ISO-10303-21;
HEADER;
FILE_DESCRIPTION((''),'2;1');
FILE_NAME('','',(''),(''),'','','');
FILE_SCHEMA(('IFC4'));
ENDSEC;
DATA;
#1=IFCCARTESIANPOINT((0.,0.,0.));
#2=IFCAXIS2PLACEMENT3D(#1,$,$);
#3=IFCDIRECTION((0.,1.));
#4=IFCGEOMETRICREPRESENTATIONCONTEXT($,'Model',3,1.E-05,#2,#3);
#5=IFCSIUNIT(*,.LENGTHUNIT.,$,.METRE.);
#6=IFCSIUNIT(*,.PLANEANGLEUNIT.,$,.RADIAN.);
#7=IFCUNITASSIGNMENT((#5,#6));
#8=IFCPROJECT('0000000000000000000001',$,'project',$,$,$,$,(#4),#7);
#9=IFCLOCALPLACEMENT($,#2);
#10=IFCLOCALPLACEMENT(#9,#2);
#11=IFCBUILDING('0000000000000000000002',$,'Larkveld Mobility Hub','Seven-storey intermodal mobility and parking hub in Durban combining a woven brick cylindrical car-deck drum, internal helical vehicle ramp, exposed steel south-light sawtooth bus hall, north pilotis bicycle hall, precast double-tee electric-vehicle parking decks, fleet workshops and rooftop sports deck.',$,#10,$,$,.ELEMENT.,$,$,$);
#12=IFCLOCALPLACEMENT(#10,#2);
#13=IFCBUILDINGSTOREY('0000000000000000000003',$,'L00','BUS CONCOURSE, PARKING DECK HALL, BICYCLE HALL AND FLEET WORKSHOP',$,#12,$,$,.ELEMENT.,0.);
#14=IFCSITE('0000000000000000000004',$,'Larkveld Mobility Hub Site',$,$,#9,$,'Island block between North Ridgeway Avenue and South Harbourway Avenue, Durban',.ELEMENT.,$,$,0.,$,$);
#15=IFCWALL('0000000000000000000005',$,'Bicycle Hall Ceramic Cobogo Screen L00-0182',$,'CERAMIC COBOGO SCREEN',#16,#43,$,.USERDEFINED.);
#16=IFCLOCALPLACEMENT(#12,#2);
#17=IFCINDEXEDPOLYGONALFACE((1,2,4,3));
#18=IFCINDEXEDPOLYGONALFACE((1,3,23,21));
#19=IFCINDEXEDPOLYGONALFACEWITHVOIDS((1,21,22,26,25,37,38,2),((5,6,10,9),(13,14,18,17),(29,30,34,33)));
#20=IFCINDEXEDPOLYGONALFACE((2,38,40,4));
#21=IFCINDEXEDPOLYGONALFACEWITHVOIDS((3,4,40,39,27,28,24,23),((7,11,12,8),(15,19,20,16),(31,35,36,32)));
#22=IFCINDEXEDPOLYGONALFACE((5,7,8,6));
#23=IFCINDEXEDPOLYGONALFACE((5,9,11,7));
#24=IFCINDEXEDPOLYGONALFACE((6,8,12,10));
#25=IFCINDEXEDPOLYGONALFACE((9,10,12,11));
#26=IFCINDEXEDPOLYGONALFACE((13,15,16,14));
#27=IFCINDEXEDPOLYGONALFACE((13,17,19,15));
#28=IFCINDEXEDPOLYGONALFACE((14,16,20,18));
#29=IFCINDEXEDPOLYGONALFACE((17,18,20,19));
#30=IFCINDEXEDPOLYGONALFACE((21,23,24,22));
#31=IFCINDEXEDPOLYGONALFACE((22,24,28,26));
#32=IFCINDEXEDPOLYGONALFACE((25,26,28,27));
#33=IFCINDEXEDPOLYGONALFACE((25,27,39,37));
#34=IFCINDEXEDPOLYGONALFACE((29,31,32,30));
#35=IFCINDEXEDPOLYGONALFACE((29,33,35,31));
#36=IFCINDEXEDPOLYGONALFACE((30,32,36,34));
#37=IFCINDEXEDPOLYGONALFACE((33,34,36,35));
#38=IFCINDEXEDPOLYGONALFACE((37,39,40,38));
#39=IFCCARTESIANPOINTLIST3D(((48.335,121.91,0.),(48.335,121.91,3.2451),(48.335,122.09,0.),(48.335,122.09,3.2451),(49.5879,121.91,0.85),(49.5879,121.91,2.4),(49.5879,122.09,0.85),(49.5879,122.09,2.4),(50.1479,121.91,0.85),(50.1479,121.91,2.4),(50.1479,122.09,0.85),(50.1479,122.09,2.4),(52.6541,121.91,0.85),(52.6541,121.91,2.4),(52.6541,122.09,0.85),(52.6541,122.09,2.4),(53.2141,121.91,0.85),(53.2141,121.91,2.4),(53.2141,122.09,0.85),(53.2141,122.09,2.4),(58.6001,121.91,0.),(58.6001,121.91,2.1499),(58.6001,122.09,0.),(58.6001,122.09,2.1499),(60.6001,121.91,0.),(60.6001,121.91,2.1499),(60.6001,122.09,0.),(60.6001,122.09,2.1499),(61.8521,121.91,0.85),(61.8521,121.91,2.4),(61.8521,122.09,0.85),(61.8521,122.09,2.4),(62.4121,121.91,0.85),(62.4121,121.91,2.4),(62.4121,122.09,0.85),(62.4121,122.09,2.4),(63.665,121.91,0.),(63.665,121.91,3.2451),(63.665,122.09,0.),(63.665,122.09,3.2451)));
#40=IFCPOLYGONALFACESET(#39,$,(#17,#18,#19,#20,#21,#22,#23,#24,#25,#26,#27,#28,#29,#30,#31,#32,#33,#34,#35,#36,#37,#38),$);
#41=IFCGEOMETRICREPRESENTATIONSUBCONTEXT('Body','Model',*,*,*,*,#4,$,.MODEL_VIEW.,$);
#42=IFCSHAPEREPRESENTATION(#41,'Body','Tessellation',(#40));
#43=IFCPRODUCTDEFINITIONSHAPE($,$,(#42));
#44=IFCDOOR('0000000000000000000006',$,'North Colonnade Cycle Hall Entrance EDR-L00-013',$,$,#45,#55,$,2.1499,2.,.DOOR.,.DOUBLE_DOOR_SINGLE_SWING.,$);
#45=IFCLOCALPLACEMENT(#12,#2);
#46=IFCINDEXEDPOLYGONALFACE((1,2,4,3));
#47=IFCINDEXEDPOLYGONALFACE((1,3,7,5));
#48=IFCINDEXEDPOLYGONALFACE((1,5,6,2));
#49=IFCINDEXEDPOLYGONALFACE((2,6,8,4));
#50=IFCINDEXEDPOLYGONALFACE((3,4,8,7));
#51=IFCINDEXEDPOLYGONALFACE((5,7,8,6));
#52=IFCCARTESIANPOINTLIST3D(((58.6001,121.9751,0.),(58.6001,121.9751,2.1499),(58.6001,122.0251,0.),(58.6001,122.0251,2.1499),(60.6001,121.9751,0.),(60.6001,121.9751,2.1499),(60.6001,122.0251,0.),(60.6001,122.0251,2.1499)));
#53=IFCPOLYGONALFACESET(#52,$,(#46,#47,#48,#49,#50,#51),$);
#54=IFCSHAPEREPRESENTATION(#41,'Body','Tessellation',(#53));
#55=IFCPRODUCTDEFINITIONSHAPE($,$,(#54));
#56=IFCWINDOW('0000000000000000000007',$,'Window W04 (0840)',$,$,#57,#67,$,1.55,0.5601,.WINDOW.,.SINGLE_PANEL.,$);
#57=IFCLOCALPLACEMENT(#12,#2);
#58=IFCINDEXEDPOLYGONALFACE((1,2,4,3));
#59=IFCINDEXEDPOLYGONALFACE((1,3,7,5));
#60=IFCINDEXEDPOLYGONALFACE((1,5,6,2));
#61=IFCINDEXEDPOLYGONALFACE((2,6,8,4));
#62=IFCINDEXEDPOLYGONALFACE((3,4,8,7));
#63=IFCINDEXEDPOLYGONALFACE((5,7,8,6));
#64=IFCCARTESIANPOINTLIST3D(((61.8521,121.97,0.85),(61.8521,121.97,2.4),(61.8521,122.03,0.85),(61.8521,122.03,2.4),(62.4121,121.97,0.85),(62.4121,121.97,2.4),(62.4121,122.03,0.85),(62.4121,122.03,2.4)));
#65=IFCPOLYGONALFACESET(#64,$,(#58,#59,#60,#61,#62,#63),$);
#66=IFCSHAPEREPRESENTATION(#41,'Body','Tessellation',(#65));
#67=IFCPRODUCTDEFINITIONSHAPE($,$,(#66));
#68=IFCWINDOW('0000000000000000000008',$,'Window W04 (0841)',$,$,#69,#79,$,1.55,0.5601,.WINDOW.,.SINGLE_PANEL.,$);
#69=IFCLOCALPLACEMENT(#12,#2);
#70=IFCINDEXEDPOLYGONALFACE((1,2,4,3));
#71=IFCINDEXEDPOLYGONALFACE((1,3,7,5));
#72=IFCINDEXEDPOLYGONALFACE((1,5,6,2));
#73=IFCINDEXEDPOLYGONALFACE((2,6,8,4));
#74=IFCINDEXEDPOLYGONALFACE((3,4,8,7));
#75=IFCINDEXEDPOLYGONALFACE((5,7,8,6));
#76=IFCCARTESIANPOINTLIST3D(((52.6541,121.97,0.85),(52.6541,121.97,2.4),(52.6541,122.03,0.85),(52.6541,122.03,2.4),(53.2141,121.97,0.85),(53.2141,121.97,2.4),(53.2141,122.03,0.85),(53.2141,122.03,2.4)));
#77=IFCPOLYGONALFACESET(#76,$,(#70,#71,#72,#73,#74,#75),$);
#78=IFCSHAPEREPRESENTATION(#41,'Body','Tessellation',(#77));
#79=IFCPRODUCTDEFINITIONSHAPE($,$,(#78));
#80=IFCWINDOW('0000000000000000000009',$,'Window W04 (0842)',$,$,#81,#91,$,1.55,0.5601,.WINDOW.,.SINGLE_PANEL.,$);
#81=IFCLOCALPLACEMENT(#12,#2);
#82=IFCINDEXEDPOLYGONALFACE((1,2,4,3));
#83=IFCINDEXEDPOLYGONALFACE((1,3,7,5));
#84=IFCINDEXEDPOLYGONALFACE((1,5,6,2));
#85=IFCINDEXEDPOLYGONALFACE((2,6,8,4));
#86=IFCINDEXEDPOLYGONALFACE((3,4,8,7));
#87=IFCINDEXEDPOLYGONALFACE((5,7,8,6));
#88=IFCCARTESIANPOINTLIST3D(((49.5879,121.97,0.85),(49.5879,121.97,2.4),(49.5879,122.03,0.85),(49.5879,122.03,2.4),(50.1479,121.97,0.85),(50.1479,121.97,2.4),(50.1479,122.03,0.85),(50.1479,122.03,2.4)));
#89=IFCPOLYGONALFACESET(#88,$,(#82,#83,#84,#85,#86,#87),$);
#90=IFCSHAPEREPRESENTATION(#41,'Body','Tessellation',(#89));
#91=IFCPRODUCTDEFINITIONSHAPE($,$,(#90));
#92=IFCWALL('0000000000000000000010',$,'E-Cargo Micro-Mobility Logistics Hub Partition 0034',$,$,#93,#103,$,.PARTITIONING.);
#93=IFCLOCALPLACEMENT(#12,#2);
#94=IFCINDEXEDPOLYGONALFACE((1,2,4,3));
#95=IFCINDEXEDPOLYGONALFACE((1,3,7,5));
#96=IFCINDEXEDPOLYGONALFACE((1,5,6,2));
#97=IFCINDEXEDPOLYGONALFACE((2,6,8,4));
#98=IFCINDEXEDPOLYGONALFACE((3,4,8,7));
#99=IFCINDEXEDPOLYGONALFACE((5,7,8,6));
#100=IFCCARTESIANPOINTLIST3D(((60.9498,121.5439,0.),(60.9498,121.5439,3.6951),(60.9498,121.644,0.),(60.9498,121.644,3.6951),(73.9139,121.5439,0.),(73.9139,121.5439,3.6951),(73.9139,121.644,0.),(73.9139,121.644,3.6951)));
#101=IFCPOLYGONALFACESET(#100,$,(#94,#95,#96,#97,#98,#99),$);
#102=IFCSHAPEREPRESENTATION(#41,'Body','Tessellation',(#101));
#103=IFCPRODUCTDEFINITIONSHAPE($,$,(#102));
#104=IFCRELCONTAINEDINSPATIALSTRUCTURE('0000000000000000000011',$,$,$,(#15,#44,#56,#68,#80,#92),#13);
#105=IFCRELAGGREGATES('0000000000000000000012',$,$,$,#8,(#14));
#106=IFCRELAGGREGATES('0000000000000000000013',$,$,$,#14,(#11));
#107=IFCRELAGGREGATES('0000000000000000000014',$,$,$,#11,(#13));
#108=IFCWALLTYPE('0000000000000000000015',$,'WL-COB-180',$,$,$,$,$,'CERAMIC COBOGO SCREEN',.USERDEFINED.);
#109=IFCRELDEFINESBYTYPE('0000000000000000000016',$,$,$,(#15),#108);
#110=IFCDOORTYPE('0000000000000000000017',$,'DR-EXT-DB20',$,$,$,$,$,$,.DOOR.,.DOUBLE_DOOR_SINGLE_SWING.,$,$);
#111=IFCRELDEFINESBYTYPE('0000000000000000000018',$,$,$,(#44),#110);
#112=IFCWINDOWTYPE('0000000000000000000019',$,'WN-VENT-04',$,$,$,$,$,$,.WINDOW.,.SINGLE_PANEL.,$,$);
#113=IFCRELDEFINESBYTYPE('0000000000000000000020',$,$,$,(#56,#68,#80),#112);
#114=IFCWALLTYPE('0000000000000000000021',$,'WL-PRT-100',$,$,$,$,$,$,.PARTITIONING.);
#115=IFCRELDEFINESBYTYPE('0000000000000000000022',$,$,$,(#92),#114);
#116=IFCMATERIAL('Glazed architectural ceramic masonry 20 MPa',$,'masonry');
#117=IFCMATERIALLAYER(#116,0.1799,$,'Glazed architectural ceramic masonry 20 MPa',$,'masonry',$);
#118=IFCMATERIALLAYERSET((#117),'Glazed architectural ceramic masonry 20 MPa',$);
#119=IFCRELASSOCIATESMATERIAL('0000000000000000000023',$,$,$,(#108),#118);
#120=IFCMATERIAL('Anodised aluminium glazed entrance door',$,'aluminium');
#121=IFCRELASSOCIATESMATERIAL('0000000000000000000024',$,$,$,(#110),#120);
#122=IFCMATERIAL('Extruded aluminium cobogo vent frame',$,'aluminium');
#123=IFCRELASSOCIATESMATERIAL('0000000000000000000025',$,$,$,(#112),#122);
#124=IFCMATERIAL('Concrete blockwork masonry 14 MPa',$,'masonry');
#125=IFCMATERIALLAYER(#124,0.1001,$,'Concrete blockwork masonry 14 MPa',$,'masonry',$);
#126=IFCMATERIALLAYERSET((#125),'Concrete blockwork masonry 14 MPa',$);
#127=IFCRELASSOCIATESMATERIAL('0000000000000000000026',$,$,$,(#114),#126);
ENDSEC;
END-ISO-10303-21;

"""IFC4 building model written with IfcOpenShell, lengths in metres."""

from ifc_helpers import new_model, si_unit, direction, frame, frame_2d, origin, place, context, subcontext, project, spatial, rectangle, extrude, material, layer, layer_set, type_object, element, fill, save


model = new_model("IFC4")

# Units and contexts
model_context = context("Model", 3, precision=1e-05, world=origin(), true_north=direction((0.0, 1.0)))
body_context = subcontext(model_context, "Body", "Model", "MODEL_VIEW")
ifc_project = project(units=[si_unit("LENGTHUNIT", "METRE"), si_unit("PLANEANGLEUNIT", "RADIAN")], contexts=[model_context])

# Site, building, storey
site_placement = place(None, origin())
site = spatial("IfcSite", under=ifc_project, at=site_placement, Name="Larkveld Mobility Hub Site", LongName="Island block between North Ridgeway Avenue and South Harbourway Avenue, Durban", CompositionType="ELEMENT", RefElevation=0.0)
building_placement = place(site_placement, origin())
building = spatial("IfcBuilding", under=site, at=building_placement, Name="Larkveld Mobility Hub", Description="Seven-storey intermodal mobility and parking hub in Durban combining a woven brick cylindrical car-deck drum, internal helical vehicle ramp, exposed steel south-light sawtooth bus hall, north pilotis bicycle hall, precast double-tee electric-vehicle parking decks, fleet workshops and rooftop sports deck.", CompositionType="ELEMENT")
storey_placement = place(building_placement, origin())
storey = spatial("IfcBuildingStorey", under=building, at=storey_placement, Name="L00", Description="BUS CONCOURSE, PARKING DECK HALL, BICYCLE HALL AND FLEET WORKSHOP", CompositionType="ELEMENT", Elevation=0.0)

# Wall, openings, door, windows
ifc_material_1 = material(Name="Glazed architectural ceramic masonry 20 MPa", Category="masonry")
ifc_layer_1 = layer(ifc_material_1, 0.1799, Name="Glazed architectural ceramic masonry 20 MPa", Category="masonry")
ifc_layer_set_1 = layer_set([ifc_layer_1], Name="Glazed architectural ceramic masonry 20 MPa")
wall_type_1 = type_object("IfcWallType", Name="WL-COB-180", ElementType="CERAMIC COBOGO SCREEN", PredefinedType="USERDEFINED", material=ifc_layer_set_1)
wall_1_placement = place(storey_placement, frame((63.665, 122.0, 0.0), z_axis=(0.0, 0.0, 1.0), x_axis=(-1.0, 0.0, 0.0)))
wall_1 = element("IfcWall", 1, at=wall_1_placement, inside=storey, type_object=wall_type_1, Name="Bicycle Hall Ceramic Cobogo Screen L00-0182", ObjectType="CERAMIC COBOGO SCREEN", PredefinedType="USERDEFINED", context=body_context, shape_type="SweptSolid", body=[
    extrude(rectangle(XDim=15.3301, YDim=0.1799, at=frame_2d((7.665, 0.0))), origin(), (0.0, 0.0, 1.0), 3.2451),
])
opening_1_placement = place(wall_1_placement, frame((3.0649, 0.0, 0.0)))
opening_1 = element("IfcOpeningElement", 2, at=opening_1_placement, cuts=wall_1, PredefinedType="OPENING", context=body_context, shape_type="SweptSolid", body=[
    extrude(rectangle(XDim=2.0, YDim=2.1499, at=frame_2d((1.0, 1.075))), frame((0.0, 0.1001, 0.0), z_axis=(0.0, -1.0, 0.0), x_axis=(1.0, 0.0, 0.0)), (0.0, 0.0, 1.0), 0.2),
])
opening_2_placement = place(wall_1_placement, frame((1.2529, 0.0, 0.8501)))
opening_2 = element("IfcOpeningElement", 3, at=opening_2_placement, cuts=wall_1, PredefinedType="OPENING", context=body_context, shape_type="SweptSolid", body=[
    extrude(rectangle(XDim=0.5601, YDim=1.55, at=frame_2d((0.28, 0.7749))), frame((0.0, 0.1001, 0.0), z_axis=(0.0, -1.0, 0.0), x_axis=(1.0, 0.0, 0.0)), (0.0, 0.0, 1.0), 0.2),
])
opening_3_placement = place(wall_1_placement, frame((10.4509, 0.0, 0.8501)))
opening_3 = element("IfcOpeningElement", 4, at=opening_3_placement, cuts=wall_1, PredefinedType="OPENING", context=body_context, shape_type="SweptSolid", body=[
    extrude(rectangle(XDim=0.5601, YDim=1.55, at=frame_2d((0.28, 0.7749))), frame((0.0, 0.1001, 0.0), z_axis=(0.0, -1.0, 0.0), x_axis=(1.0, 0.0, 0.0)), (0.0, 0.0, 1.0), 0.2),
])
opening_4_placement = place(wall_1_placement, frame((13.5171, 0.0, 0.8501)))
opening_4 = element("IfcOpeningElement", 5, at=opening_4_placement, cuts=wall_1, PredefinedType="OPENING", context=body_context, shape_type="SweptSolid", body=[
    extrude(rectangle(XDim=0.5601, YDim=1.55, at=frame_2d((0.28, 0.7749))), frame((0.0, 0.1001, 0.0), z_axis=(0.0, -1.0, 0.0), x_axis=(1.0, 0.0, 0.0)), (0.0, 0.0, 1.0), 0.2),
])
ifc_material_2 = material(Name="Anodised aluminium glazed entrance door", Category="aluminium")
door_type = type_object("IfcDoorType", Name="DR-EXT-DB20", OperationType="DOUBLE_DOOR_SINGLE_SWING", PredefinedType="DOOR", material=ifc_material_2)
door_placement = place(opening_1_placement, origin())
door = element("IfcDoor", 6, at=door_placement, inside=storey, type_object=door_type, Name="North Colonnade Cycle Hall Entrance EDR-L00-013", OperationType="DOUBLE_DOOR_SINGLE_SWING", OverallHeight=2.1499, OverallWidth=2.0, PredefinedType="DOOR", context=body_context, shape_type="SweptSolid", body=[
    extrude(rectangle(XDim=2.0, YDim=2.1499, at=frame_2d((1.0, 1.075))), frame((0.0, 0.0249, 0.0), z_axis=(0.0, -1.0, 0.0), x_axis=(1.0, 0.0, 0.0)), (0.0, 0.0, 1.0), 0.05),
])
fill(opening_1, door)
ifc_material_3 = material(Name="Extruded aluminium cobogo vent frame", Category="aluminium")
window_type = type_object("IfcWindowType", Name="WN-VENT-04", PartitioningType="SINGLE_PANEL", PredefinedType="WINDOW", material=ifc_material_3)
window_1_placement = place(opening_2_placement, origin())
window_1 = element("IfcWindow", 7, at=window_1_placement, inside=storey, type_object=window_type, Name="Window W04 (0840)", OverallHeight=1.55, OverallWidth=0.5601, PartitioningType="SINGLE_PANEL", PredefinedType="WINDOW", context=body_context, shape_type="SweptSolid", body=[
    extrude(rectangle(XDim=0.5601, YDim=1.55, at=frame_2d((0.28, 0.7749))), frame((0.0, 0.03, 0.0), z_axis=(0.0, -1.0, 0.0), x_axis=(1.0, 0.0, 0.0)), (0.0, 0.0, 1.0), 0.0601),
])
fill(opening_2, window_1)
window_2_placement = place(opening_3_placement, origin())
window_2 = element("IfcWindow", 8, at=window_2_placement, inside=storey, type_object=window_type, Name="Window W04 (0841)", OverallHeight=1.55, OverallWidth=0.5601, PartitioningType="SINGLE_PANEL", PredefinedType="WINDOW", context=body_context, shape_type="SweptSolid", body=[
    extrude(rectangle(XDim=0.5601, YDim=1.55, at=frame_2d((0.28, 0.7749))), frame((0.0, 0.03, 0.0), z_axis=(0.0, -1.0, 0.0), x_axis=(1.0, 0.0, 0.0)), (0.0, 0.0, 1.0), 0.0601),
])
fill(opening_3, window_2)
window_3_placement = place(opening_4_placement, origin())
window_3 = element("IfcWindow", 9, at=window_3_placement, inside=storey, type_object=window_type, Name="Window W04 (0842)", OverallHeight=1.55, OverallWidth=0.5601, PartitioningType="SINGLE_PANEL", PredefinedType="WINDOW", context=body_context, shape_type="SweptSolid", body=[
    extrude(rectangle(XDim=0.5601, YDim=1.55, at=frame_2d((0.28, 0.7749))), frame((0.0, 0.03, 0.0), z_axis=(0.0, -1.0, 0.0), x_axis=(1.0, 0.0, 0.0)), (0.0, 0.0, 1.0), 0.0601),
])
fill(opening_4, window_3)

# Wall
ifc_material_4 = material(Name="Concrete blockwork masonry 14 MPa", Category="masonry")
ifc_layer_2 = layer(ifc_material_4, 0.1001, Name="Concrete blockwork masonry 14 MPa", Category="masonry")
ifc_layer_set_2 = layer_set([ifc_layer_2], Name="Concrete blockwork masonry 14 MPa")
wall_type_2 = type_object("IfcWallType", Name="WL-PRT-100", PredefinedType="PARTITIONING", material=ifc_layer_set_2)
wall_2_placement = place(storey_placement, frame((60.95, 121.594, 0.0), z_axis=(0.0, 0.0, 1.0), x_axis=(1.0, 0.0, 0.0)))
element("IfcWall", 10, at=wall_2_placement, inside=storey, type_object=wall_type_2, Name="E-Cargo Micro-Mobility Logistics Hub Partition 0034", PredefinedType="PARTITIONING", context=body_context, shape_type="SweptSolid", body=[
    extrude(rectangle(XDim=12.9641, YDim=0.1001, at=frame_2d((6.4819, 0.0))), origin(), (0.0, 0.0, 1.0), 3.6951),
])

save(model, "model.ifc")
